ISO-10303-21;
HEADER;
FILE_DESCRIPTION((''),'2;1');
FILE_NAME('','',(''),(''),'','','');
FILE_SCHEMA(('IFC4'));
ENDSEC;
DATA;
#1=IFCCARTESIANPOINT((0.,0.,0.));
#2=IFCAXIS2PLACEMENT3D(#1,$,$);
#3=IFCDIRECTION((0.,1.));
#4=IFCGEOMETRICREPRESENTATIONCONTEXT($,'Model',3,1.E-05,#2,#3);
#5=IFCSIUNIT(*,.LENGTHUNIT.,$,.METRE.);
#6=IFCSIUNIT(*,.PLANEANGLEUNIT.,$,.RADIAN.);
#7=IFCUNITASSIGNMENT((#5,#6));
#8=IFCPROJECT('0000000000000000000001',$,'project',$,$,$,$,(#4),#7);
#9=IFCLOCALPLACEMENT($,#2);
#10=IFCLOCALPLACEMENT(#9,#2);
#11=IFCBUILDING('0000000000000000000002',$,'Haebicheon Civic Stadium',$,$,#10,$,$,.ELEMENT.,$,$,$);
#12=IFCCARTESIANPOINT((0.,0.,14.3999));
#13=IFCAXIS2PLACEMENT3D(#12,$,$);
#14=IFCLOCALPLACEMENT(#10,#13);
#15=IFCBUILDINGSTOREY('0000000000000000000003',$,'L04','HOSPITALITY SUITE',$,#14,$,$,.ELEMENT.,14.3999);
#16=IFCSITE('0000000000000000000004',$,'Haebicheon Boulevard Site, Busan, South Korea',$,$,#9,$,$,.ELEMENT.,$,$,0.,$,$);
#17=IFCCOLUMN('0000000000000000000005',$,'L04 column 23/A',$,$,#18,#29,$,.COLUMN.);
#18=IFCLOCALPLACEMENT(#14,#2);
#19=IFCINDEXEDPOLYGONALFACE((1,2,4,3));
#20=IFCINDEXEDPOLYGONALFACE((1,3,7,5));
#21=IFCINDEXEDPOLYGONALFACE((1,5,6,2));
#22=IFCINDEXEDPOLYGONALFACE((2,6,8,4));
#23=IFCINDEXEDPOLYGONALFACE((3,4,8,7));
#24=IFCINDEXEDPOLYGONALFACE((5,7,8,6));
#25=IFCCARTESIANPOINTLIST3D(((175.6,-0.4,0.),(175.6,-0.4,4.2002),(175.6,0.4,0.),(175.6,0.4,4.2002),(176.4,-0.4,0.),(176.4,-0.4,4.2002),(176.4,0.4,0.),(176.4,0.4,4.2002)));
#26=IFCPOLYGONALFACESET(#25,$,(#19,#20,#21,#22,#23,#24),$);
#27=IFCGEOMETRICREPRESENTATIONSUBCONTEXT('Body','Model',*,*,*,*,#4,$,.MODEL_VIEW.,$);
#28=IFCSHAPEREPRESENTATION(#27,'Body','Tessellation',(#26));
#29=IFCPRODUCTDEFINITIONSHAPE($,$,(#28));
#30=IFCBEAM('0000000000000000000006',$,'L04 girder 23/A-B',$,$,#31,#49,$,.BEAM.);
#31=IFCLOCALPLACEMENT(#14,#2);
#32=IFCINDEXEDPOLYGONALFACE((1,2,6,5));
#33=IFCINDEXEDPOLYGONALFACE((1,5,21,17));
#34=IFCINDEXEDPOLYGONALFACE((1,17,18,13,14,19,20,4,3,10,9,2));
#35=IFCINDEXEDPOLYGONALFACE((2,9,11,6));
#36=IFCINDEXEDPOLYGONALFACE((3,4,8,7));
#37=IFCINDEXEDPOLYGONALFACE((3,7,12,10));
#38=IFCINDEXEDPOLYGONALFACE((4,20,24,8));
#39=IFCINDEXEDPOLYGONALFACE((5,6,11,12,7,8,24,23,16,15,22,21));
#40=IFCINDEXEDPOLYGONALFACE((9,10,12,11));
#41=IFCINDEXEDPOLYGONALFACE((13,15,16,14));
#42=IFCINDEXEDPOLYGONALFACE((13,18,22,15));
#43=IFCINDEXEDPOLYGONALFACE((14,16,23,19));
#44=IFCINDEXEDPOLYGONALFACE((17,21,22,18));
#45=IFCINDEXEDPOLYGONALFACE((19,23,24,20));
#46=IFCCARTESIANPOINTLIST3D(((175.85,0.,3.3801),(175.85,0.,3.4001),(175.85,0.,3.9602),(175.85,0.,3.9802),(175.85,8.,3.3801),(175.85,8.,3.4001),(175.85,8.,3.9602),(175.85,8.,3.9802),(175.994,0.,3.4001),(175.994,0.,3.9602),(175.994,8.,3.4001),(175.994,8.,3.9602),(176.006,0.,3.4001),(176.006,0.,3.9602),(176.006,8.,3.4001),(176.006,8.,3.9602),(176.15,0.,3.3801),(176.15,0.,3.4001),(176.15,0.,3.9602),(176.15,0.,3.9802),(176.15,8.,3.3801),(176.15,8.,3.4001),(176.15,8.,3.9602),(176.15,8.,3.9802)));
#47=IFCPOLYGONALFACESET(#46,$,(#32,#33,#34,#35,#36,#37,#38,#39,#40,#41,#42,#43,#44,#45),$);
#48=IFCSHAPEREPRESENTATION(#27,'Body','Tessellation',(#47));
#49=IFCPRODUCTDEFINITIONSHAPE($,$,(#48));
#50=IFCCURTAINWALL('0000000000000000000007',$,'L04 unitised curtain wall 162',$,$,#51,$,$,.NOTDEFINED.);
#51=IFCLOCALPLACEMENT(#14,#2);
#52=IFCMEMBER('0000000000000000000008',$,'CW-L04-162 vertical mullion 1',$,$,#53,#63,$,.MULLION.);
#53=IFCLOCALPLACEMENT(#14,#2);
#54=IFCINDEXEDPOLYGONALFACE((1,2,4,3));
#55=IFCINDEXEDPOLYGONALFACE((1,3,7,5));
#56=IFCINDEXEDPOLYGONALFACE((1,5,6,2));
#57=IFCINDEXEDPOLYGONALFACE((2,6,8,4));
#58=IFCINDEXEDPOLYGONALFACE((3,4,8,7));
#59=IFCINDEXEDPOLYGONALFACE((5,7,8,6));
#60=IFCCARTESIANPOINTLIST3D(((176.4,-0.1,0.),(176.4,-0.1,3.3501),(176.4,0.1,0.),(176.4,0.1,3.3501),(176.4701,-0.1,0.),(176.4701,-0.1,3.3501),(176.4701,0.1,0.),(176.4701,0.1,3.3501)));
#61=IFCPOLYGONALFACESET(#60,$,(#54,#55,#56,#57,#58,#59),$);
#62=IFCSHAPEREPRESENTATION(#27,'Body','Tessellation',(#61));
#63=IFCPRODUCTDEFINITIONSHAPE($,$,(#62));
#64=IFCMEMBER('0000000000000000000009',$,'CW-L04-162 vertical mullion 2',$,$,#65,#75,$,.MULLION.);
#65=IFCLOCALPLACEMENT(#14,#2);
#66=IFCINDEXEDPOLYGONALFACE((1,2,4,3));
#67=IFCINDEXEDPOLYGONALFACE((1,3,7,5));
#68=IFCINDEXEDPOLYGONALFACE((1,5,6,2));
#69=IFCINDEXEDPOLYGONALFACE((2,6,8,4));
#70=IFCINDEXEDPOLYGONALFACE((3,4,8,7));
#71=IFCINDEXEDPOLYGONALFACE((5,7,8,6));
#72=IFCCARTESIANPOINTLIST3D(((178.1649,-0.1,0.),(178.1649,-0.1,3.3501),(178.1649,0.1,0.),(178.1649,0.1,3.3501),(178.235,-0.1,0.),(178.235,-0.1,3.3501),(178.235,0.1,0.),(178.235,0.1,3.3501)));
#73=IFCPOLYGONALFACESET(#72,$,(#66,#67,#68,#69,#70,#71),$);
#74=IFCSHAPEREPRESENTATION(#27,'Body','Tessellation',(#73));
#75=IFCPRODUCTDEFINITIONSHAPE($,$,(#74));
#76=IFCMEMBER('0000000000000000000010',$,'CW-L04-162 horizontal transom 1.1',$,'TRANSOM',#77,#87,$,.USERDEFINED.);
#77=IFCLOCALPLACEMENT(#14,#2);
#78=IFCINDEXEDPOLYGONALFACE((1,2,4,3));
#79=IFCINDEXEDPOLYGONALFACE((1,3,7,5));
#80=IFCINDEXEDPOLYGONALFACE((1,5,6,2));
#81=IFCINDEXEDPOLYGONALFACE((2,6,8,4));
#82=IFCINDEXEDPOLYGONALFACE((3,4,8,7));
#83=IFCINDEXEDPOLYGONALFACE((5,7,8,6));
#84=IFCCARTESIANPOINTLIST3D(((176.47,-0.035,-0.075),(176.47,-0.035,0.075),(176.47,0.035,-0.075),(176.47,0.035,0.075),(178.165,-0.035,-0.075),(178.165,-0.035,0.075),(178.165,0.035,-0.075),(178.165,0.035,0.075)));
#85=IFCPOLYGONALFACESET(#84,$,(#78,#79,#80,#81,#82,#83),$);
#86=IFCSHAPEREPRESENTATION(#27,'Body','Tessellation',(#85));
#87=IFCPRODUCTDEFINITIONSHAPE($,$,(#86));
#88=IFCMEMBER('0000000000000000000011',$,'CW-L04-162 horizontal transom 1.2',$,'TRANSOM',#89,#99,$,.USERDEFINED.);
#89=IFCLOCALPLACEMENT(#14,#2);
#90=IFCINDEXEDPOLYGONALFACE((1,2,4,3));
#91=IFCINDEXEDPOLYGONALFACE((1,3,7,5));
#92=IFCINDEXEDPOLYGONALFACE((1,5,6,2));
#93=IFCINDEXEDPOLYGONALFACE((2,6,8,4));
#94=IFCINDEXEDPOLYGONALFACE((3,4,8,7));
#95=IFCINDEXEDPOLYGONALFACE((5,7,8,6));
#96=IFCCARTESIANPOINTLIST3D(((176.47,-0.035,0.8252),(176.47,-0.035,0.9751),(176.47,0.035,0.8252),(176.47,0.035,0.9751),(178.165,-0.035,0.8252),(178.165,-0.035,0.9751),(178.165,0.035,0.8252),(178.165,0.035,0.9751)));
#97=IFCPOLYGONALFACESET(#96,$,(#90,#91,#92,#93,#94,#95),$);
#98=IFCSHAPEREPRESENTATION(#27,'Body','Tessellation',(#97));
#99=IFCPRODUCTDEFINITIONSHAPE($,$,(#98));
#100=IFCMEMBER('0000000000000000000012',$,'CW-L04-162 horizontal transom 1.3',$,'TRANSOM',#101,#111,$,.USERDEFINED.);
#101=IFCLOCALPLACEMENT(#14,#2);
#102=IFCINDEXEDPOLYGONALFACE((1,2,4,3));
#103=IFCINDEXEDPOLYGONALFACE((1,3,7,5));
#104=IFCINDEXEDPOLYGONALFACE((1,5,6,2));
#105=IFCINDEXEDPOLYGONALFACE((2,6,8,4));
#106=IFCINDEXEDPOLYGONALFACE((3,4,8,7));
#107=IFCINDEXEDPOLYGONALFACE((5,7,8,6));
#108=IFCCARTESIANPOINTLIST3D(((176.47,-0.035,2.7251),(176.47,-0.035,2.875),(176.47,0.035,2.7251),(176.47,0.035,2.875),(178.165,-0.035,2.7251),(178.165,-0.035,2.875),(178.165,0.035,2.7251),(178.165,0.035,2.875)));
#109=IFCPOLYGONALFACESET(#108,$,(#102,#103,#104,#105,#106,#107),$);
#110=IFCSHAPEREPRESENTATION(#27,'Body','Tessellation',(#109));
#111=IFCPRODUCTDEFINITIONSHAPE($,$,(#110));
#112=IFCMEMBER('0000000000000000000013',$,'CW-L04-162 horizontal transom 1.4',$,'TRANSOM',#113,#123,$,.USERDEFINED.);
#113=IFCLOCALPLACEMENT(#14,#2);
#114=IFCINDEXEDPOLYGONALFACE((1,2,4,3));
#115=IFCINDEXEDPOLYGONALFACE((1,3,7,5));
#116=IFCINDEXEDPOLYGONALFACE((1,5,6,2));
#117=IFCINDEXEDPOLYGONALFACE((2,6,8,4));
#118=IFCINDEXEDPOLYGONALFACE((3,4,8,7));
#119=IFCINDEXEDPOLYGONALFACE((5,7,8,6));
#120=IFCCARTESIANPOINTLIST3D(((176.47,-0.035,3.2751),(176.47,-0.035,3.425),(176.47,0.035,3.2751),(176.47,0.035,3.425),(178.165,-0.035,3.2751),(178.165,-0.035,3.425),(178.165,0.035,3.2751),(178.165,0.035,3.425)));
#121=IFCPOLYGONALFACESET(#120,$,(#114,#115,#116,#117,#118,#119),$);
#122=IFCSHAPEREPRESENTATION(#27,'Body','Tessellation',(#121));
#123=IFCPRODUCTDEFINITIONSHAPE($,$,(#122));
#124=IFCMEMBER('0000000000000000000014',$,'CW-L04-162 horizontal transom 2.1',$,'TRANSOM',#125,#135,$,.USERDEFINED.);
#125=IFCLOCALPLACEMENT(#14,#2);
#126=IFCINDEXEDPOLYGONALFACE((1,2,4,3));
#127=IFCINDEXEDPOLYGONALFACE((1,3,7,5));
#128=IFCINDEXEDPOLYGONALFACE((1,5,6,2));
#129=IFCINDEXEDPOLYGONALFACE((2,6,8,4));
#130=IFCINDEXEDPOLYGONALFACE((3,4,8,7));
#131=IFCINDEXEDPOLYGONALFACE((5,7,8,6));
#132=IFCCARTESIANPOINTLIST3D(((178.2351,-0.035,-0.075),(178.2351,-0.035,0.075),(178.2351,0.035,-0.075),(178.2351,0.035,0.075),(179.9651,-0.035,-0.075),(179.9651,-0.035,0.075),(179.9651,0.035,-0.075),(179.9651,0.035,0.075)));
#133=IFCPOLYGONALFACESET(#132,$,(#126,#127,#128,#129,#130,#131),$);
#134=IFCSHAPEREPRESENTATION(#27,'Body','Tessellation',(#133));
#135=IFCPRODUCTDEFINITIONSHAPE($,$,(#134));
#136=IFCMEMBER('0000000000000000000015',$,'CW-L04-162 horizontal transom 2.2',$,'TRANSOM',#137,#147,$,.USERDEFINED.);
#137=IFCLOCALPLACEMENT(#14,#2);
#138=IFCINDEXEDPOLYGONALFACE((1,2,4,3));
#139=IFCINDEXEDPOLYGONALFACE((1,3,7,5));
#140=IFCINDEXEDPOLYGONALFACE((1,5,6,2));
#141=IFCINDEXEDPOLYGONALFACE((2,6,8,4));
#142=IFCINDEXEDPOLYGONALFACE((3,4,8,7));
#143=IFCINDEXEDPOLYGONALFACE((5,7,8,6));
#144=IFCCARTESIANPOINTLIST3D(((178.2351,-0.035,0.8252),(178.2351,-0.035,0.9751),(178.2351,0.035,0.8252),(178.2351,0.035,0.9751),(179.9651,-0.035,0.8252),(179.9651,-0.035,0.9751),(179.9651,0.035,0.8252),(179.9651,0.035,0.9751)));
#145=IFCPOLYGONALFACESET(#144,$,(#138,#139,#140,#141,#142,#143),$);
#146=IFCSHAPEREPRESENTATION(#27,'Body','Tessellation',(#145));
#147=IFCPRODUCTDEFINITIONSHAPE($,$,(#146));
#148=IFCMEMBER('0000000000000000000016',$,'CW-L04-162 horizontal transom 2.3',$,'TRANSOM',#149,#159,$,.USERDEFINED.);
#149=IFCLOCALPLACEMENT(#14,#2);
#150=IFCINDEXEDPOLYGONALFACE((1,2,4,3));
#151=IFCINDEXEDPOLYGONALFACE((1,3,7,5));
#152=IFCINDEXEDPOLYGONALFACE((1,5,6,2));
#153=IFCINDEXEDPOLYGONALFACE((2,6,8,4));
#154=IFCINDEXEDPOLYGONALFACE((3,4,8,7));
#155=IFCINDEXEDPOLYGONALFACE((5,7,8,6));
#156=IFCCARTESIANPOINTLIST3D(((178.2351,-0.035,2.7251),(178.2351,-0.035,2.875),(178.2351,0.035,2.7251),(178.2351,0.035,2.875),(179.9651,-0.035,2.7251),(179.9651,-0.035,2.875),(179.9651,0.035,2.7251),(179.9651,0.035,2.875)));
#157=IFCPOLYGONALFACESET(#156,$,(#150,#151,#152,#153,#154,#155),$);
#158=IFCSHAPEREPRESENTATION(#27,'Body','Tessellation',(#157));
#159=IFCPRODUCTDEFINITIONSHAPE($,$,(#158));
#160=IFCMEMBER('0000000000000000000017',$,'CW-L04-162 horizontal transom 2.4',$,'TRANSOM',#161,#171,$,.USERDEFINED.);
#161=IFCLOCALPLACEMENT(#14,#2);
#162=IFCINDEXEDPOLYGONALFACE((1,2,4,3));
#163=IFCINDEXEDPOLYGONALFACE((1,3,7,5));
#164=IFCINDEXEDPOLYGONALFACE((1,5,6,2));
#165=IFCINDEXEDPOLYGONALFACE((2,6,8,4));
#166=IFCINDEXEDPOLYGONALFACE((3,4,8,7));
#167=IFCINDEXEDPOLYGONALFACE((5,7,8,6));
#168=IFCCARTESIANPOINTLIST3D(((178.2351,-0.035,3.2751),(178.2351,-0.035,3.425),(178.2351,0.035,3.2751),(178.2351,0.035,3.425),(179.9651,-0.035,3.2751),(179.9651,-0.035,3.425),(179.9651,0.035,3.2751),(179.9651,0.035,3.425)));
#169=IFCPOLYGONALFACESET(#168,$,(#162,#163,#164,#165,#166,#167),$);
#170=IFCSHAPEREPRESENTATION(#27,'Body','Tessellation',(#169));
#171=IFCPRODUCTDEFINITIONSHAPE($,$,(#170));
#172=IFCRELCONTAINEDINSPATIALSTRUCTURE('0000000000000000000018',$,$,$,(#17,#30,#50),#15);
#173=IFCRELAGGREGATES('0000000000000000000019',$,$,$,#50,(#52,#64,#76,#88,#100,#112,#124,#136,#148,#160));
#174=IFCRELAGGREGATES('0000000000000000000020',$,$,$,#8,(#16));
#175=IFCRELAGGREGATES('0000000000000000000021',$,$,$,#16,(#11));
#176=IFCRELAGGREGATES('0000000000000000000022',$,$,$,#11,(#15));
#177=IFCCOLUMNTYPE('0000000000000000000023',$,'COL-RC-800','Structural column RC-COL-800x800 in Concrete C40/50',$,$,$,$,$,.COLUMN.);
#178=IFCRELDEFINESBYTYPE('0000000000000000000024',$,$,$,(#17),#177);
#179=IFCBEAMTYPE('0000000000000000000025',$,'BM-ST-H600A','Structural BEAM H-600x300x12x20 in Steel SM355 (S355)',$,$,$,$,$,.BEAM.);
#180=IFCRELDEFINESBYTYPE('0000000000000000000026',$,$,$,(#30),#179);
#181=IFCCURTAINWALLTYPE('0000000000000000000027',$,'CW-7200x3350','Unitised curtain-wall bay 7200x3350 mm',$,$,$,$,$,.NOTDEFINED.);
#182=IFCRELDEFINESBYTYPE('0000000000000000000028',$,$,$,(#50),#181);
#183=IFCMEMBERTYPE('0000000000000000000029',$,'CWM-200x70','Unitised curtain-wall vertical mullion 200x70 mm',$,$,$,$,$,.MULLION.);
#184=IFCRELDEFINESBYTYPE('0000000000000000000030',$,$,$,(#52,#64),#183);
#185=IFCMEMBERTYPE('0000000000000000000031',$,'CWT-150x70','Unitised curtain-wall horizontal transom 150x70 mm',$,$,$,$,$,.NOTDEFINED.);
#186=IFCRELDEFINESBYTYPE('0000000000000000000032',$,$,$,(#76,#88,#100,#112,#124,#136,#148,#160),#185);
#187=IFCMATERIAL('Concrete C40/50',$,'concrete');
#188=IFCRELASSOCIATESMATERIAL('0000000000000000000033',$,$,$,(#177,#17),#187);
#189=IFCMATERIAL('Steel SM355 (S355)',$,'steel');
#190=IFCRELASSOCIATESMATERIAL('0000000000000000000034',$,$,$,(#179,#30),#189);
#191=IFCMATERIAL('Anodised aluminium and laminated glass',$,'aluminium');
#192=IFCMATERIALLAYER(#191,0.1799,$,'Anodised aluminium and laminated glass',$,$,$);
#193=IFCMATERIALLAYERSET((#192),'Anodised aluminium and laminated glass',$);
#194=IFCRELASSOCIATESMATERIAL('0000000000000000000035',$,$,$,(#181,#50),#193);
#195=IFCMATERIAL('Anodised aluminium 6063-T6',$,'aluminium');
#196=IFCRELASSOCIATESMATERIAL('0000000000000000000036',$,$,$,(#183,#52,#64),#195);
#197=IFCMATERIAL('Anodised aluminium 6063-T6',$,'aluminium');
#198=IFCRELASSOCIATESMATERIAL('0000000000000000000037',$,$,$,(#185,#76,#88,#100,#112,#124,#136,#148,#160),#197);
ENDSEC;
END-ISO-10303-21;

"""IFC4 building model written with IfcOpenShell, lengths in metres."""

from ifc_helpers import new_model, si_unit, direction, frame, origin, origin_2d, place, context, subcontext, project, spatial, rectangle, i_section, extrude, material, layer, layer_set, material_profile, profile_set, type_object, element, aggregate, save


model = new_model("IFC4")

# Units and contexts
model_context = context("Model", 3, precision=1e-05, world=origin(), true_north=direction((0.0, 1.0)))
body_context = subcontext(model_context, "Body", "Model", "MODEL_VIEW")
ifc_project = project(units=[si_unit("LENGTHUNIT", "METRE"), si_unit("PLANEANGLEUNIT", "RADIAN")], contexts=[model_context])

# Site, building, storey
site_placement = place(None, origin())
site = spatial("IfcSite", under=ifc_project, at=site_placement, Name="Haebicheon Boulevard Site, Busan, South Korea", CompositionType="ELEMENT", RefElevation=0.0)
building_placement = place(site_placement, origin())
building = spatial("IfcBuilding", under=site, at=building_placement, Name="Haebicheon Civic Stadium", CompositionType="ELEMENT")
storey_placement = place(building_placement, frame((0.0, 0.0, 14.3999)))
storey = spatial("IfcBuildingStorey", under=building, at=storey_placement, Name="L04", Description="HOSPITALITY SUITE", CompositionType="ELEMENT", Elevation=14.3999)

# Column
ifc_material_1 = material(Name="Concrete C40/50", Category="concrete")
ifc_material_profile_1 = material_profile(ifc_material_1, rectangle(XDim=0.8, YDim=0.8, at=origin_2d()), Name="RC-COL-800x800")
ifc_profile_set_1 = profile_set([ifc_material_profile_1], Name="Concrete C40/50")
column_type = type_object("IfcColumnType", Name="COL-RC-800", Description="Structural column RC-COL-800x800 in Concrete C40/50", PredefinedType="COLUMN", material=ifc_profile_set_1)
column_placement = place(storey_placement, frame((176.0, 0.0, 0.0), z_axis=(0.0, 0.0, 1.0), x_axis=(1.0, 0.0, 0.0)))
element("IfcColumn", 1, at=column_placement, inside=storey, type_object=column_type, material=ifc_profile_set_1, Name="L04 column 23/A", PredefinedType="COLUMN", context=body_context, shape_type="SweptSolid", body=[
    extrude(rectangle(XDim=0.8, YDim=0.8, at=origin_2d()), origin(), (0.0, 0.0, 1.0), 4.2002),
])

# Beam
ifc_material_2 = material(Name="Steel SM355 (S355)", Category="steel")
ifc_material_profile_2 = material_profile(ifc_material_2, i_section(OverallWidth=0.3, OverallDepth=0.6001, WebThickness=0.012, FlangeThickness=0.02, at=origin_2d()), Name="H-600x300x12x20")
ifc_profile_set_2 = profile_set([ifc_material_profile_2], Name="Steel SM355 (S355)")
beam_type_1 = type_object("IfcBeamType", Name="BM-ST-H600A", Description="Structural BEAM H-600x300x12x20 in Steel SM355 (S355)", PredefinedType="BEAM", material=ifc_profile_set_2)
beam_1_placement = place(storey_placement, frame((176.0, 0.0, 3.6802), z_axis=(0.0, 1.0, 0.0), x_axis=(-1.0, 0.0, 0.0)))
element("IfcBeam", 2, at=beam_1_placement, inside=storey, type_object=beam_type_1, material=ifc_profile_set_2, Name="L04 girder 23/A-B", PredefinedType="BEAM", context=body_context, shape_type="SweptSolid", body=[
    extrude(i_section(OverallWidth=0.3, OverallDepth=0.6001, WebThickness=0.012, FlangeThickness=0.02, at=origin_2d()), origin(), (0.0, 0.0, 1.0), 8.0),
])

# Curtain wall, members
ifc_material_3 = material(Name="Anodised aluminium and laminated glass", Category="aluminium")
ifc_layer_1 = layer(ifc_material_3, 0.1799, Name="Anodised aluminium and laminated glass")
ifc_layer_set_1 = layer_set([ifc_layer_1], Name="Anodised aluminium and laminated glass")
curtain_wall_type = type_object("IfcCurtainWallType", Name="CW-7200x3350", Description="Unitised curtain-wall bay 7200x3350 mm", PredefinedType="NOTDEFINED", material=ifc_layer_set_1)
curtain_wall_placement = place(storey_placement, origin())
curtain_wall = element("IfcCurtainWall", 3, at=curtain_wall_placement, inside=storey, type_object=curtain_wall_type, material=ifc_layer_set_1, Name="L04 unitised curtain wall 162", PredefinedType="NOTDEFINED")
ifc_material_4 = material(Name="Anodised aluminium 6063-T6", Category="aluminium")
ifc_material_profile_3 = material_profile(ifc_material_4, rectangle(XDim=0.0701, YDim=0.2, at=origin_2d()), Name="ALU-MULL-70x200")
ifc_profile_set_3 = profile_set([ifc_material_profile_3], Name="Anodised aluminium 6063-T6")
member_type_1 = type_object("IfcMemberType", Name="CWM-200x70", Description="Unitised curtain-wall vertical mullion 200x70 mm", PredefinedType="MULLION", material=ifc_profile_set_3)
member_1_placement = place(storey_placement, frame((176.4351, 0.0, 0.0), z_axis=(0.0, 0.0, 1.0), x_axis=(1.0, 0.0, 0.0)))
member_1 = element("IfcMember", 4, at=member_1_placement, type_object=member_type_1, material=ifc_profile_set_3, Name="CW-L04-162 vertical mullion 1", PredefinedType="MULLION", context=body_context, shape_type="SweptSolid", body=[
    extrude(rectangle(XDim=0.0701, YDim=0.2, at=origin_2d()), origin(), (0.0, 0.0, 1.0), 3.3501),
])
member_2_placement = place(storey_placement, frame((178.2, 0.0, 0.0), z_axis=(0.0, 0.0, 1.0), x_axis=(1.0, 0.0, 0.0)))
member_2 = element("IfcMember", 5, at=member_2_placement, type_object=member_type_1, material=ifc_profile_set_3, Name="CW-L04-162 vertical mullion 2", PredefinedType="MULLION", context=body_context, shape_type="SweptSolid", body=[
    extrude(rectangle(XDim=0.0701, YDim=0.2, at=origin_2d()), origin(), (0.0, 0.0, 1.0), 3.3501),
])
ifc_material_5 = material(Name="Anodised aluminium 6063-T6", Category="aluminium")
ifc_material_profile_4 = material_profile(ifc_material_5, rectangle(XDim=0.0701, YDim=0.1499, at=origin_2d()), Name="ALU-TRAN-70x150")
ifc_profile_set_4 = profile_set([ifc_material_profile_4], Name="Anodised aluminium 6063-T6")
member_type_2 = type_object("IfcMemberType", Name="CWT-150x70", Description="Unitised curtain-wall horizontal transom 150x70 mm", PredefinedType="NOTDEFINED", material=ifc_profile_set_4)
member_3_placement = place(storey_placement, frame((176.47, 0.0, 0.0), z_axis=(1.0, 0.0, 0.0), x_axis=(0.0, 1.0, 0.0)))
member_3 = element("IfcMember", 6, at=member_3_placement, type_object=member_type_2, material=ifc_profile_set_4, Name="CW-L04-162 horizontal transom 1.1", ObjectType="TRANSOM", PredefinedType="USERDEFINED", context=body_context, shape_type="SweptSolid", body=[
    extrude(rectangle(XDim=0.0701, YDim=0.1499, at=origin_2d()), origin(), (0.0, 0.0, 1.0), 1.6951),
])
member_4_placement = place(storey_placement, frame((176.47, 0.0, 0.9001), z_axis=(1.0, 0.0, 0.0), x_axis=(0.0, 1.0, 0.0)))
member_4 = element("IfcMember", 7, at=member_4_placement, type_object=member_type_2, material=ifc_profile_set_4, Name="CW-L04-162 horizontal transom 1.2", ObjectType="TRANSOM", PredefinedType="USERDEFINED", context=body_context, shape_type="SweptSolid", body=[
    extrude(rectangle(XDim=0.0701, YDim=0.1499, at=origin_2d()), origin(), (0.0, 0.0, 1.0), 1.6951),
])
member_5_placement = place(storey_placement, frame((176.47, 0.0, 2.8), z_axis=(1.0, 0.0, 0.0), x_axis=(0.0, 1.0, 0.0)))
member_5 = element("IfcMember", 8, at=member_5_placement, type_object=member_type_2, material=ifc_profile_set_4, Name="CW-L04-162 horizontal transom 1.3", ObjectType="TRANSOM", PredefinedType="USERDEFINED", context=body_context, shape_type="SweptSolid", body=[
    extrude(rectangle(XDim=0.0701, YDim=0.1499, at=origin_2d()), origin(), (0.0, 0.0, 1.0), 1.6951),
])
member_6_placement = place(storey_placement, frame((176.47, 0.0, 3.3501), z_axis=(1.0, 0.0, 0.0), x_axis=(0.0, 1.0, 0.0)))
member_6 = element("IfcMember", 9, at=member_6_placement, type_object=member_type_2, material=ifc_profile_set_4, Name="CW-L04-162 horizontal transom 1.4", ObjectType="TRANSOM", PredefinedType="USERDEFINED", context=body_context, shape_type="SweptSolid", body=[
    extrude(rectangle(XDim=0.0701, YDim=0.1499, at=origin_2d()), origin(), (0.0, 0.0, 1.0), 1.6951),
])
member_7_placement = place(storey_placement, frame((178.2351, 0.0, 0.0), z_axis=(1.0, 0.0, 0.0), x_axis=(0.0, 1.0, 0.0)))
member_7 = element("IfcMember", 10, at=member_7_placement, type_object=member_type_2, material=ifc_profile_set_4, Name="CW-L04-162 horizontal transom 2.1", ObjectType="TRANSOM", PredefinedType="USERDEFINED", context=body_context, shape_type="SweptSolid", body=[
    extrude(rectangle(XDim=0.0701, YDim=0.1499, at=origin_2d()), origin(), (0.0, 0.0, 1.0), 1.73),
])
member_8_placement = place(storey_placement, frame((178.2351, 0.0, 0.9001), z_axis=(1.0, 0.0, 0.0), x_axis=(0.0, 1.0, 0.0)))
member_8 = element("IfcMember", 11, at=member_8_placement, type_object=member_type_2, material=ifc_profile_set_4, Name="CW-L04-162 horizontal transom 2.2", ObjectType="TRANSOM", PredefinedType="USERDEFINED", context=body_context, shape_type="SweptSolid", body=[
    extrude(rectangle(XDim=0.0701, YDim=0.1499, at=origin_2d()), origin(), (0.0, 0.0, 1.0), 1.73),
])
member_9_placement = place(storey_placement, frame((178.2351, 0.0, 2.8), z_axis=(1.0, 0.0, 0.0), x_axis=(0.0, 1.0, 0.0)))
member_9 = element("IfcMember", 12, at=member_9_placement, type_object=member_type_2, material=ifc_profile_set_4, Name="CW-L04-162 horizontal transom 2.3", ObjectType="TRANSOM", PredefinedType="USERDEFINED", context=body_context, shape_type="SweptSolid", body=[
    extrude(rectangle(XDim=0.0701, YDim=0.1499, at=origin_2d()), origin(), (0.0, 0.0, 1.0), 1.73),
])
member_10_placement = place(storey_placement, frame((178.2351, 0.0, 3.3501), z_axis=(1.0, 0.0, 0.0), x_axis=(0.0, 1.0, 0.0)))
member_10 = element("IfcMember", 13, at=member_10_placement, type_object=member_type_2, material=ifc_profile_set_4, Name="CW-L04-162 horizontal transom 2.4", ObjectType="TRANSOM", PredefinedType="USERDEFINED", context=body_context, shape_type="SweptSolid", body=[
    extrude(rectangle(XDim=0.0701, YDim=0.1499, at=origin_2d()), origin(), (0.0, 0.0, 1.0), 1.73),
])

aggregate(curtain_wall, [member_1, member_2, member_3, member_4, member_5, member_6, member_7, member_8, member_9, member_10])

save(model, "model.ifc")
